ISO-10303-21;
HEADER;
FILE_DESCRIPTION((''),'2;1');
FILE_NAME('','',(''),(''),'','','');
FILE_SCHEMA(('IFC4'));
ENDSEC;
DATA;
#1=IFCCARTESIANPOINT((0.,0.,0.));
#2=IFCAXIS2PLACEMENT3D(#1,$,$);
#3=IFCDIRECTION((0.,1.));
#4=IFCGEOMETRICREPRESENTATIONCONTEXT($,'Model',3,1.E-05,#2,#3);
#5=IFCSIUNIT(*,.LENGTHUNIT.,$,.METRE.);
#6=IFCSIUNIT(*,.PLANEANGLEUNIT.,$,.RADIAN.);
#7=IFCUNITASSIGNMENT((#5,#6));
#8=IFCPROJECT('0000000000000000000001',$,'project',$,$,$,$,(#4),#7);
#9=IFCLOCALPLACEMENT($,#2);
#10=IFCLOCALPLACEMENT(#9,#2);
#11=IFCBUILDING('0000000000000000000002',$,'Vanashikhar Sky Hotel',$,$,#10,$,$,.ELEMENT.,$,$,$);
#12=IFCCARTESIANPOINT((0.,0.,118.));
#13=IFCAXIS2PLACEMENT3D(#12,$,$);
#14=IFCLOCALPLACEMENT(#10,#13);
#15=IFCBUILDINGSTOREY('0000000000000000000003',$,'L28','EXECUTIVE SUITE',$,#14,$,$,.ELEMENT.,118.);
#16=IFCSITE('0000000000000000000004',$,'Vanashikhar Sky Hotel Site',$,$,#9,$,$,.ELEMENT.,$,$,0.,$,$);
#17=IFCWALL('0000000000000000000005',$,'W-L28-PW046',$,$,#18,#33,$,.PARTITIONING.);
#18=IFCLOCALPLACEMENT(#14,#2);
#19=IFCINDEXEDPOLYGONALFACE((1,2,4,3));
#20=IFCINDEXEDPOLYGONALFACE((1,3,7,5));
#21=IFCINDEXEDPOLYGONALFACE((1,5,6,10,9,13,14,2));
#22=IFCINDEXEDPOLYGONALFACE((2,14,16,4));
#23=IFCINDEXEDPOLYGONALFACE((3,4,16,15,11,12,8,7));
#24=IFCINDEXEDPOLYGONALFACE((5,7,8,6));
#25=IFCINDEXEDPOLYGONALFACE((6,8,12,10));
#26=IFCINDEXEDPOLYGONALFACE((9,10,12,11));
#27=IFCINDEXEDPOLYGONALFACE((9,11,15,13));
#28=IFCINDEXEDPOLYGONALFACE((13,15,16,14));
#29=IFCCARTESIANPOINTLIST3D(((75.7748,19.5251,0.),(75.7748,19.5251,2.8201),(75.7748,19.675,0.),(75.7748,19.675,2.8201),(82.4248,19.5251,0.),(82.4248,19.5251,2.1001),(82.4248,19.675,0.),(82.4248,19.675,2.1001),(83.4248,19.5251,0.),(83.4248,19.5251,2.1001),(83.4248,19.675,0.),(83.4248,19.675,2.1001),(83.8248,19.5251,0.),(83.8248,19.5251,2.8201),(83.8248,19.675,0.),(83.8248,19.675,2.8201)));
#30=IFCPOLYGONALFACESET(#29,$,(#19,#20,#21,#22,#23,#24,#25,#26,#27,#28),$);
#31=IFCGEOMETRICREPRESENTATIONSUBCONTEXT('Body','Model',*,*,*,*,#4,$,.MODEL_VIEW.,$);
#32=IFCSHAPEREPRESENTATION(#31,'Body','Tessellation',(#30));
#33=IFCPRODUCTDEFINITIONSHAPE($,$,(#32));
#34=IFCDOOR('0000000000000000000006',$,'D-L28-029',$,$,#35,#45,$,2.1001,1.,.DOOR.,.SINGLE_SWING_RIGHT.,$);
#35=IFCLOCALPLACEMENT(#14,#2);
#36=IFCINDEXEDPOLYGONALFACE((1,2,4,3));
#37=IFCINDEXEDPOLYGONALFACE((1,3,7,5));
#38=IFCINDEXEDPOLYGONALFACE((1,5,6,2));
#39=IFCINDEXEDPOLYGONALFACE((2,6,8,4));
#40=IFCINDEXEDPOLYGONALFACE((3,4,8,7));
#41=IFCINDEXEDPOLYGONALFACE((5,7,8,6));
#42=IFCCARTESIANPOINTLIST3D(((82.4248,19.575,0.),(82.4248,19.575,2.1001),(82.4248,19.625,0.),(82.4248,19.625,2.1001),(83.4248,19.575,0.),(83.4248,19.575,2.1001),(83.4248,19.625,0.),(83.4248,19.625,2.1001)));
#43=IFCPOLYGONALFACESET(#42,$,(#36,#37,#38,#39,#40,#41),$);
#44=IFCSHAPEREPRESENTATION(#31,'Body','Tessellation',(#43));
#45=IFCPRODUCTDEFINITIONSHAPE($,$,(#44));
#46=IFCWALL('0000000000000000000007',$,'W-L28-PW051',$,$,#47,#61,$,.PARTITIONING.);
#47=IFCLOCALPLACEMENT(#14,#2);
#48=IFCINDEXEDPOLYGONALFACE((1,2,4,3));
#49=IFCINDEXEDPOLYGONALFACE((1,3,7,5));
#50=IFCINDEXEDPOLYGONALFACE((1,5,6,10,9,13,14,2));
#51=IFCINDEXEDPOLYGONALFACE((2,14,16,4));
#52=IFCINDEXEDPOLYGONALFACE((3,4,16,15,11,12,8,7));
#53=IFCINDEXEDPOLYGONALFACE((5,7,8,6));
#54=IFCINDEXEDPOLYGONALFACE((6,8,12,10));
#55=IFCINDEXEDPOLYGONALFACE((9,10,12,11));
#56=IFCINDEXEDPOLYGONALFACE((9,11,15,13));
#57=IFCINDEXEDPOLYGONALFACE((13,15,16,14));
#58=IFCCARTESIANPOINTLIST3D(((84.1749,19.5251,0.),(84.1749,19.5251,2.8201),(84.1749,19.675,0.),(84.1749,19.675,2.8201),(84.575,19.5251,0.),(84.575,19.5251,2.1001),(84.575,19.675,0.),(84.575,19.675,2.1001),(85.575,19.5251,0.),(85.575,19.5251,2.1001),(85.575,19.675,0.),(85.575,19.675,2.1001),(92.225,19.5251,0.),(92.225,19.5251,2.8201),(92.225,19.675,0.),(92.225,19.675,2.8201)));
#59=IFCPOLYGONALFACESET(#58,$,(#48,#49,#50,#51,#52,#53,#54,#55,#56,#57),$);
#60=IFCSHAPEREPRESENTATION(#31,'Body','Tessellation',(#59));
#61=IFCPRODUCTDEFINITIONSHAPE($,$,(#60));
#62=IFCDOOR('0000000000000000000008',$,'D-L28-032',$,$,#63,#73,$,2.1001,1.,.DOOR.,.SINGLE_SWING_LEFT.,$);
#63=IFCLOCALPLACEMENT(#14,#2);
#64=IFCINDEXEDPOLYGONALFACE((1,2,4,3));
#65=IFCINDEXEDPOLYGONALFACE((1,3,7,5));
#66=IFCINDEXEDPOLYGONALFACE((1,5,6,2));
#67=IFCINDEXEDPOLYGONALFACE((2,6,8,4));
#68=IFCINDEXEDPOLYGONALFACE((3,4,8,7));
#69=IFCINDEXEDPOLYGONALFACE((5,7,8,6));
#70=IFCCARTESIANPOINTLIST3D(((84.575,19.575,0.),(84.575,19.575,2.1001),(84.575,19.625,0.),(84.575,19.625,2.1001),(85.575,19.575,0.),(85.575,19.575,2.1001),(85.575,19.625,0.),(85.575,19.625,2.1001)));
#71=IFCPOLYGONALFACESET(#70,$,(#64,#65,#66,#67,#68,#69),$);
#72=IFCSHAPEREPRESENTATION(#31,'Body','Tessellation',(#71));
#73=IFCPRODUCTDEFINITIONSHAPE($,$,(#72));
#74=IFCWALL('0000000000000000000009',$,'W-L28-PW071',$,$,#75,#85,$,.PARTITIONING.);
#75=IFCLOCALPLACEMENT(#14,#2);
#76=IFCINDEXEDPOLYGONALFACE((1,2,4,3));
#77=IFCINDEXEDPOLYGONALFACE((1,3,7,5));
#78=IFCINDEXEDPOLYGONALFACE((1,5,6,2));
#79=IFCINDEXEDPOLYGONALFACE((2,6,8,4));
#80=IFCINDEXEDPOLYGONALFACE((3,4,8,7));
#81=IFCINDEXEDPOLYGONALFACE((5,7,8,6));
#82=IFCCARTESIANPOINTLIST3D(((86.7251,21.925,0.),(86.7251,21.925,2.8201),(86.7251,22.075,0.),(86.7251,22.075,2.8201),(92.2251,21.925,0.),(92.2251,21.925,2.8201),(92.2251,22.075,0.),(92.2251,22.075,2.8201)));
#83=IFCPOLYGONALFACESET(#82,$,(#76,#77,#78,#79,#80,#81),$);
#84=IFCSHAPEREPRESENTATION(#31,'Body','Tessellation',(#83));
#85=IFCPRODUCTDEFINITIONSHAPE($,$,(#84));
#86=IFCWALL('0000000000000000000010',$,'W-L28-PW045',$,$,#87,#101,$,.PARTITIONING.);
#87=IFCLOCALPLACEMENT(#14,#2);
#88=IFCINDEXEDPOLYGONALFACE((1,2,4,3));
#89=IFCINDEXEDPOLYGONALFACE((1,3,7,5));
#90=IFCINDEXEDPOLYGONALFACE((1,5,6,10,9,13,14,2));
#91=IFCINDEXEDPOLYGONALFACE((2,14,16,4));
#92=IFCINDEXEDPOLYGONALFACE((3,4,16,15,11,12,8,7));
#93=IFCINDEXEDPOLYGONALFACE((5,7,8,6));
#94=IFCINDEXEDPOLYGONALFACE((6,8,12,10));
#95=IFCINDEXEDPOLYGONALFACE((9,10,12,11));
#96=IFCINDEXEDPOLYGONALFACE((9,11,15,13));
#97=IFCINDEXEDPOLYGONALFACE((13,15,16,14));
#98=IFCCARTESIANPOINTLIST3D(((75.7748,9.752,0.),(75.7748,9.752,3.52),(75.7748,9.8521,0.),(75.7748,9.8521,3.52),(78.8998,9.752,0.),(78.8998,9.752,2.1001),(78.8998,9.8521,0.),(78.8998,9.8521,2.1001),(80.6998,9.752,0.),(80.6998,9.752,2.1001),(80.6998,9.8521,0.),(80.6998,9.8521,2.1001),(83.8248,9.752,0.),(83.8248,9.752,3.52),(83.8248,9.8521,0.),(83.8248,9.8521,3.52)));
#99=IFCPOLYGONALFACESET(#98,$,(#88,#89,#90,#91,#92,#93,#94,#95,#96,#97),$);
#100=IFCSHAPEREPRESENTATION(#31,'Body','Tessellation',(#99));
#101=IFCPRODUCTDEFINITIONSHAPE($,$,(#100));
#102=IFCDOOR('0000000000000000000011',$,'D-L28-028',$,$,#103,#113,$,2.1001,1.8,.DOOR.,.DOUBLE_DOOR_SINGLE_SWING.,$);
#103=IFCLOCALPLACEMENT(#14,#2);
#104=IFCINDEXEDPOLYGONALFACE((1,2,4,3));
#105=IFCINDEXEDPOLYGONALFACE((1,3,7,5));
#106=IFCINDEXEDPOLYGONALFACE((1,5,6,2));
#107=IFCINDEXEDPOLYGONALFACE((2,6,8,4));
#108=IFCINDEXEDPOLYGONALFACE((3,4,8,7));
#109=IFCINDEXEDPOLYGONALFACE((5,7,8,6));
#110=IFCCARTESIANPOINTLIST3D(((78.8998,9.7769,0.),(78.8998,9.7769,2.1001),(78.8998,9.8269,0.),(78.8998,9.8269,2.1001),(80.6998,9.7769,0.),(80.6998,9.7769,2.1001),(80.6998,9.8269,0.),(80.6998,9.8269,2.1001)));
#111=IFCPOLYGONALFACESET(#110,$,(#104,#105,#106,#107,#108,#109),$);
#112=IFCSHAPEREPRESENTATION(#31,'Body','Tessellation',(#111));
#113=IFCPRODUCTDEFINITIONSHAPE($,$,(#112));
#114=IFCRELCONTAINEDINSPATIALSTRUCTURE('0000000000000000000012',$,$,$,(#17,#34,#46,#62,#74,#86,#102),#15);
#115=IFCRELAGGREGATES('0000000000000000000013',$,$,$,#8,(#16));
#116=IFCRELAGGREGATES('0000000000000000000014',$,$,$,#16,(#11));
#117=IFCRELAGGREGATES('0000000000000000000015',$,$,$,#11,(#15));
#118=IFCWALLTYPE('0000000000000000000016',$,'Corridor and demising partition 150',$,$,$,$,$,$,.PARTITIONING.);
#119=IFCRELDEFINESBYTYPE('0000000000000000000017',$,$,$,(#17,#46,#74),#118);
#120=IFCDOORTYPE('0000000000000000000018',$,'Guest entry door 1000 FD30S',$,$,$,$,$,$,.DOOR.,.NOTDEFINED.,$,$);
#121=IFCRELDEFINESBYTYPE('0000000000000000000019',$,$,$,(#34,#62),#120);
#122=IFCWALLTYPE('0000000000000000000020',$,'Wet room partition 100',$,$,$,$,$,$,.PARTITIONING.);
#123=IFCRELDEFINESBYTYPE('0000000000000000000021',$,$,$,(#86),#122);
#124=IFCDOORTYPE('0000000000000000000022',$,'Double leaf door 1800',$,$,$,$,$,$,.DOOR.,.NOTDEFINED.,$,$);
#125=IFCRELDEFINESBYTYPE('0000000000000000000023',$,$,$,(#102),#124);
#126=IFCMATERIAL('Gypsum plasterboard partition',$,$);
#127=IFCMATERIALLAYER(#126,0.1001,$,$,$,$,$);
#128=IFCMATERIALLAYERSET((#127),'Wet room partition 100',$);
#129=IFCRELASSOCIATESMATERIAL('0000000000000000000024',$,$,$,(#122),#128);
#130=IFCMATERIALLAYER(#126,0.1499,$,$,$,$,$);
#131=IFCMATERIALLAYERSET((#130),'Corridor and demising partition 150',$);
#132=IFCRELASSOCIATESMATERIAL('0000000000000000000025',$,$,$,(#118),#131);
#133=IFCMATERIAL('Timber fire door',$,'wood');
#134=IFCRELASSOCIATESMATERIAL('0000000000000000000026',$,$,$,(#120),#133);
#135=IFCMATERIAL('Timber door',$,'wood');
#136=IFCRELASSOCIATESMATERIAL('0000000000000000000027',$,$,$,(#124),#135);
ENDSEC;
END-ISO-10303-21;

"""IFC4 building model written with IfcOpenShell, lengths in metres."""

from ifc_helpers import new_model, si_unit, direction, frame, frame_2d, origin, place, context, subcontext, project, spatial, rectangle, extrude, source, transform, mapped, material, layer, layer_set, type_object, element, fill, save


model = new_model("IFC4")

# Units and contexts
model_context = context("Model", 3, precision=1e-05, world=origin(), true_north=direction((0.0, 1.0)))
body_context = subcontext(model_context, "Body", "Model", "MODEL_VIEW")
ifc_project = project(units=[si_unit("LENGTHUNIT", "METRE"), si_unit("PLANEANGLEUNIT", "RADIAN")], contexts=[model_context])

# Site, building, storey
site_placement = place(None, origin())
site = spatial("IfcSite", under=ifc_project, at=site_placement, Name="Vanashikhar Sky Hotel Site", CompositionType="ELEMENT", RefElevation=0.0)
building_placement = place(site_placement, origin())
building = spatial("IfcBuilding", under=site, at=building_placement, Name="Vanashikhar Sky Hotel", CompositionType="ELEMENT")
storey_placement = place(building_placement, frame((0.0, 0.0, 118.0)))
storey = spatial("IfcBuildingStorey", under=building, at=storey_placement, Name="L28", Description="EXECUTIVE SUITE", CompositionType="ELEMENT", Elevation=118.0)

# Shared definitions
ifc_material_1 = material(Name="Gypsum plasterboard partition")
ifc_layer_1 = layer(ifc_material_1, 0.1001)
ifc_layer_set_1 = layer_set([ifc_layer_1], Name="Wet room partition 100")
wall_type_1 = type_object("IfcWallType", Name="Wet room partition 100", PredefinedType="PARTITIONING", material=ifc_layer_set_1)
ifc_material_2 = material(Name="Timber door", Category="wood")

# Walls, openings, doors
ifc_layer_2 = layer(ifc_material_1, 0.1499)
ifc_layer_set_2 = layer_set([ifc_layer_2], Name="Corridor and demising partition 150")
wall_type_2 = type_object("IfcWallType", Name="Corridor and demising partition 150", PredefinedType="PARTITIONING", material=ifc_layer_set_2)
shared_shape_1 = source(origin(), body_context, "Body", "SweptSolid", [
    extrude(rectangle(XDim=8.05, YDim=0.1499, at=frame_2d((4.0249, 0.0))), origin(), (0.0, 0.0, 1.0), 2.8201),
])
wall_1_placement = place(storey_placement, frame((75.7749, 19.6001, 0.0), z_axis=(0.0, 0.0, 1.0), x_axis=(1.0, 0.0, 0.0)))
wall_1 = element("IfcWall", 1, at=wall_1_placement, inside=storey, type_object=wall_type_2, Name="W-L28-PW046", PredefinedType="PARTITIONING", context=body_context, shape_type="MappedRepresentation", body=[
    mapped(shared_shape_1, transform((0.0, 0.0, 0.0), scale=1.0)),
])
shared_shape_2 = source(origin(), body_context, "Body", "SweptSolid", [
    extrude(rectangle(XDim=1.0, YDim=2.1001, at=frame_2d((0.5, 1.05))), frame((0.0, 0.085, 0.0), z_axis=(0.0, -1.0, 0.0), x_axis=(1.0, 0.0, 0.0)), (0.0, 0.0, 1.0), 0.1699),
])
opening_1_placement = place(wall_1_placement, frame((6.6499, 0.0, 0.0)))
opening_1 = element("IfcOpeningElement", 2, at=opening_1_placement, cuts=wall_1, PredefinedType="OPENING", context=body_context, shape_type="MappedRepresentation", body=[
    mapped(shared_shape_2, transform((0.0, 0.0, 0.0), scale=1.0)),
])
ifc_material_3 = material(Name="Timber fire door", Category="wood")
door_type_1 = type_object("IfcDoorType", Name="Guest entry door 1000 FD30S", OperationType="NOTDEFINED", PredefinedType="DOOR", material=ifc_material_3)
shared_shape_3 = source(origin(), body_context, "Body", "SweptSolid", [
    extrude(rectangle(XDim=1.0, YDim=2.1001, at=frame_2d((0.5, 1.05))), frame((0.0, 0.0249, 0.0), z_axis=(0.0, -1.0, 0.0), x_axis=(1.0, 0.0, 0.0)), (0.0, 0.0, 1.0), 0.05),
])
door_1_placement = place(opening_1_placement, origin())
door_1 = element("IfcDoor", 3, at=door_1_placement, inside=storey, type_object=door_type_1, Name="D-L28-029", OperationType="SINGLE_SWING_RIGHT", OverallHeight=2.1001, OverallWidth=1.0, PredefinedType="DOOR", context=body_context, shape_type="MappedRepresentation", body=[
    mapped(shared_shape_3, transform((0.0, 0.0, 0.0), scale=1.0)),
])
fill(opening_1, door_1)
wall_2_placement = place(storey_placement, frame((84.175, 19.6001, 0.0), z_axis=(0.0, 0.0, 1.0), x_axis=(1.0, 0.0, 0.0)))
wall_2 = element("IfcWall", 4, at=wall_2_placement, inside=storey, type_object=wall_type_2, Name="W-L28-PW051", PredefinedType="PARTITIONING", context=body_context, shape_type="MappedRepresentation", body=[
    mapped(shared_shape_1, transform((0.0, 0.0, 0.0), scale=1.0)),
])
opening_2_placement = place(wall_2_placement, frame((0.3999, 0.0, 0.0)))
opening_2 = element("IfcOpeningElement", 5, at=opening_2_placement, cuts=wall_2, PredefinedType="OPENING", context=body_context, shape_type="MappedRepresentation", body=[
    mapped(shared_shape_2, transform((0.0, 0.0, 0.0), scale=1.0)),
])
door_2_placement = place(opening_2_placement, origin())
door_2 = element("IfcDoor", 6, at=door_2_placement, inside=storey, type_object=door_type_1, Name="D-L28-032", OperationType="SINGLE_SWING_LEFT", OverallHeight=2.1001, OverallWidth=1.0, PredefinedType="DOOR", context=body_context, shape_type="MappedRepresentation", body=[
    mapped(shared_shape_3, transform((0.0, 0.0, 0.0), scale=1.0)),
])
fill(opening_2, door_2)

# Wall
shared_shape_4 = source(origin(), body_context, "Body", "SweptSolid", [
    extrude(rectangle(XDim=5.5, YDim=0.1499, at=frame_2d((2.75, 0.0))), origin(), (0.0, 0.0, 1.0), 2.8201),
])
wall_3_placement = place(storey_placement, frame((86.7251, 22.0, 0.0), z_axis=(0.0, 0.0, 1.0), x_axis=(1.0, 0.0, 0.0)))
element("IfcWall", 7, at=wall_3_placement, inside=storey, type_object=wall_type_2, Name="W-L28-PW071", PredefinedType="PARTITIONING", context=body_context, shape_type="MappedRepresentation", body=[
    mapped(shared_shape_4, transform((0.0, 0.0, 0.0), scale=1.0)),
])

# Wall, opening, door
shared_shape_5 = source(origin(), body_context, "Body", "SweptSolid", [
    extrude(rectangle(XDim=8.05, YDim=0.1001, at=frame_2d((4.0249, 0.0))), origin(), (0.0, 0.0, 1.0), 3.52),
])
wall_4_placement = place(storey_placement, frame((75.7749, 9.802, 0.0), z_axis=(0.0, 0.0, 1.0), x_axis=(1.0, 0.0, 0.0)))
wall_4 = element("IfcWall", 8, at=wall_4_placement, inside=storey, type_object=wall_type_1, Name="W-L28-PW045", PredefinedType="PARTITIONING", context=body_context, shape_type="MappedRepresentation", body=[
    mapped(shared_shape_5, transform((0.0, 0.0, 0.0), scale=1.0)),
])
shared_shape_6 = source(origin(), body_context, "Body", "SweptSolid", [
    extrude(rectangle(XDim=1.8, YDim=2.1001, at=frame_2d((0.8999, 1.05))), frame((0.0, 0.0601, 0.0), z_axis=(0.0, -1.0, 0.0), x_axis=(1.0, 0.0, 0.0)), (0.0, 0.0, 1.0), 0.1201),
])
opening_3_placement = place(wall_4_placement, frame((3.125, 0.0, 0.0)))
opening_3 = element("IfcOpeningElement", 9, at=opening_3_placement, cuts=wall_4, PredefinedType="OPENING", context=body_context, shape_type="MappedRepresentation", body=[
    mapped(shared_shape_6, transform((0.0, 0.0, 0.0), scale=1.0)),
])
door_type_2 = type_object("IfcDoorType", Name="Double leaf door 1800", OperationType="NOTDEFINED", PredefinedType="DOOR", material=ifc_material_2)
shared_shape_7 = source(origin(), body_context, "Body", "SweptSolid", [
    extrude(rectangle(XDim=1.8, YDim=2.1001, at=frame_2d((0.8999, 1.05))), frame((0.0, 0.0249, 0.0), z_axis=(0.0, -1.0, 0.0), x_axis=(1.0, 0.0, 0.0)), (0.0, 0.0, 1.0), 0.05),
])
door_3_placement = place(opening_3_placement, origin())
door_3 = element("IfcDoor", 10, at=door_3_placement, inside=storey, type_object=door_type_2, Name="D-L28-028", OperationType="DOUBLE_DOOR_SINGLE_SWING", OverallHeight=2.1001, OverallWidth=1.8, PredefinedType="DOOR", context=body_context, shape_type="MappedRepresentation", body=[
    mapped(shared_shape_7, transform((0.0, 0.0, 0.0), scale=1.0)),
])
fill(opening_3, door_3)

save(model, "model.ifc")
